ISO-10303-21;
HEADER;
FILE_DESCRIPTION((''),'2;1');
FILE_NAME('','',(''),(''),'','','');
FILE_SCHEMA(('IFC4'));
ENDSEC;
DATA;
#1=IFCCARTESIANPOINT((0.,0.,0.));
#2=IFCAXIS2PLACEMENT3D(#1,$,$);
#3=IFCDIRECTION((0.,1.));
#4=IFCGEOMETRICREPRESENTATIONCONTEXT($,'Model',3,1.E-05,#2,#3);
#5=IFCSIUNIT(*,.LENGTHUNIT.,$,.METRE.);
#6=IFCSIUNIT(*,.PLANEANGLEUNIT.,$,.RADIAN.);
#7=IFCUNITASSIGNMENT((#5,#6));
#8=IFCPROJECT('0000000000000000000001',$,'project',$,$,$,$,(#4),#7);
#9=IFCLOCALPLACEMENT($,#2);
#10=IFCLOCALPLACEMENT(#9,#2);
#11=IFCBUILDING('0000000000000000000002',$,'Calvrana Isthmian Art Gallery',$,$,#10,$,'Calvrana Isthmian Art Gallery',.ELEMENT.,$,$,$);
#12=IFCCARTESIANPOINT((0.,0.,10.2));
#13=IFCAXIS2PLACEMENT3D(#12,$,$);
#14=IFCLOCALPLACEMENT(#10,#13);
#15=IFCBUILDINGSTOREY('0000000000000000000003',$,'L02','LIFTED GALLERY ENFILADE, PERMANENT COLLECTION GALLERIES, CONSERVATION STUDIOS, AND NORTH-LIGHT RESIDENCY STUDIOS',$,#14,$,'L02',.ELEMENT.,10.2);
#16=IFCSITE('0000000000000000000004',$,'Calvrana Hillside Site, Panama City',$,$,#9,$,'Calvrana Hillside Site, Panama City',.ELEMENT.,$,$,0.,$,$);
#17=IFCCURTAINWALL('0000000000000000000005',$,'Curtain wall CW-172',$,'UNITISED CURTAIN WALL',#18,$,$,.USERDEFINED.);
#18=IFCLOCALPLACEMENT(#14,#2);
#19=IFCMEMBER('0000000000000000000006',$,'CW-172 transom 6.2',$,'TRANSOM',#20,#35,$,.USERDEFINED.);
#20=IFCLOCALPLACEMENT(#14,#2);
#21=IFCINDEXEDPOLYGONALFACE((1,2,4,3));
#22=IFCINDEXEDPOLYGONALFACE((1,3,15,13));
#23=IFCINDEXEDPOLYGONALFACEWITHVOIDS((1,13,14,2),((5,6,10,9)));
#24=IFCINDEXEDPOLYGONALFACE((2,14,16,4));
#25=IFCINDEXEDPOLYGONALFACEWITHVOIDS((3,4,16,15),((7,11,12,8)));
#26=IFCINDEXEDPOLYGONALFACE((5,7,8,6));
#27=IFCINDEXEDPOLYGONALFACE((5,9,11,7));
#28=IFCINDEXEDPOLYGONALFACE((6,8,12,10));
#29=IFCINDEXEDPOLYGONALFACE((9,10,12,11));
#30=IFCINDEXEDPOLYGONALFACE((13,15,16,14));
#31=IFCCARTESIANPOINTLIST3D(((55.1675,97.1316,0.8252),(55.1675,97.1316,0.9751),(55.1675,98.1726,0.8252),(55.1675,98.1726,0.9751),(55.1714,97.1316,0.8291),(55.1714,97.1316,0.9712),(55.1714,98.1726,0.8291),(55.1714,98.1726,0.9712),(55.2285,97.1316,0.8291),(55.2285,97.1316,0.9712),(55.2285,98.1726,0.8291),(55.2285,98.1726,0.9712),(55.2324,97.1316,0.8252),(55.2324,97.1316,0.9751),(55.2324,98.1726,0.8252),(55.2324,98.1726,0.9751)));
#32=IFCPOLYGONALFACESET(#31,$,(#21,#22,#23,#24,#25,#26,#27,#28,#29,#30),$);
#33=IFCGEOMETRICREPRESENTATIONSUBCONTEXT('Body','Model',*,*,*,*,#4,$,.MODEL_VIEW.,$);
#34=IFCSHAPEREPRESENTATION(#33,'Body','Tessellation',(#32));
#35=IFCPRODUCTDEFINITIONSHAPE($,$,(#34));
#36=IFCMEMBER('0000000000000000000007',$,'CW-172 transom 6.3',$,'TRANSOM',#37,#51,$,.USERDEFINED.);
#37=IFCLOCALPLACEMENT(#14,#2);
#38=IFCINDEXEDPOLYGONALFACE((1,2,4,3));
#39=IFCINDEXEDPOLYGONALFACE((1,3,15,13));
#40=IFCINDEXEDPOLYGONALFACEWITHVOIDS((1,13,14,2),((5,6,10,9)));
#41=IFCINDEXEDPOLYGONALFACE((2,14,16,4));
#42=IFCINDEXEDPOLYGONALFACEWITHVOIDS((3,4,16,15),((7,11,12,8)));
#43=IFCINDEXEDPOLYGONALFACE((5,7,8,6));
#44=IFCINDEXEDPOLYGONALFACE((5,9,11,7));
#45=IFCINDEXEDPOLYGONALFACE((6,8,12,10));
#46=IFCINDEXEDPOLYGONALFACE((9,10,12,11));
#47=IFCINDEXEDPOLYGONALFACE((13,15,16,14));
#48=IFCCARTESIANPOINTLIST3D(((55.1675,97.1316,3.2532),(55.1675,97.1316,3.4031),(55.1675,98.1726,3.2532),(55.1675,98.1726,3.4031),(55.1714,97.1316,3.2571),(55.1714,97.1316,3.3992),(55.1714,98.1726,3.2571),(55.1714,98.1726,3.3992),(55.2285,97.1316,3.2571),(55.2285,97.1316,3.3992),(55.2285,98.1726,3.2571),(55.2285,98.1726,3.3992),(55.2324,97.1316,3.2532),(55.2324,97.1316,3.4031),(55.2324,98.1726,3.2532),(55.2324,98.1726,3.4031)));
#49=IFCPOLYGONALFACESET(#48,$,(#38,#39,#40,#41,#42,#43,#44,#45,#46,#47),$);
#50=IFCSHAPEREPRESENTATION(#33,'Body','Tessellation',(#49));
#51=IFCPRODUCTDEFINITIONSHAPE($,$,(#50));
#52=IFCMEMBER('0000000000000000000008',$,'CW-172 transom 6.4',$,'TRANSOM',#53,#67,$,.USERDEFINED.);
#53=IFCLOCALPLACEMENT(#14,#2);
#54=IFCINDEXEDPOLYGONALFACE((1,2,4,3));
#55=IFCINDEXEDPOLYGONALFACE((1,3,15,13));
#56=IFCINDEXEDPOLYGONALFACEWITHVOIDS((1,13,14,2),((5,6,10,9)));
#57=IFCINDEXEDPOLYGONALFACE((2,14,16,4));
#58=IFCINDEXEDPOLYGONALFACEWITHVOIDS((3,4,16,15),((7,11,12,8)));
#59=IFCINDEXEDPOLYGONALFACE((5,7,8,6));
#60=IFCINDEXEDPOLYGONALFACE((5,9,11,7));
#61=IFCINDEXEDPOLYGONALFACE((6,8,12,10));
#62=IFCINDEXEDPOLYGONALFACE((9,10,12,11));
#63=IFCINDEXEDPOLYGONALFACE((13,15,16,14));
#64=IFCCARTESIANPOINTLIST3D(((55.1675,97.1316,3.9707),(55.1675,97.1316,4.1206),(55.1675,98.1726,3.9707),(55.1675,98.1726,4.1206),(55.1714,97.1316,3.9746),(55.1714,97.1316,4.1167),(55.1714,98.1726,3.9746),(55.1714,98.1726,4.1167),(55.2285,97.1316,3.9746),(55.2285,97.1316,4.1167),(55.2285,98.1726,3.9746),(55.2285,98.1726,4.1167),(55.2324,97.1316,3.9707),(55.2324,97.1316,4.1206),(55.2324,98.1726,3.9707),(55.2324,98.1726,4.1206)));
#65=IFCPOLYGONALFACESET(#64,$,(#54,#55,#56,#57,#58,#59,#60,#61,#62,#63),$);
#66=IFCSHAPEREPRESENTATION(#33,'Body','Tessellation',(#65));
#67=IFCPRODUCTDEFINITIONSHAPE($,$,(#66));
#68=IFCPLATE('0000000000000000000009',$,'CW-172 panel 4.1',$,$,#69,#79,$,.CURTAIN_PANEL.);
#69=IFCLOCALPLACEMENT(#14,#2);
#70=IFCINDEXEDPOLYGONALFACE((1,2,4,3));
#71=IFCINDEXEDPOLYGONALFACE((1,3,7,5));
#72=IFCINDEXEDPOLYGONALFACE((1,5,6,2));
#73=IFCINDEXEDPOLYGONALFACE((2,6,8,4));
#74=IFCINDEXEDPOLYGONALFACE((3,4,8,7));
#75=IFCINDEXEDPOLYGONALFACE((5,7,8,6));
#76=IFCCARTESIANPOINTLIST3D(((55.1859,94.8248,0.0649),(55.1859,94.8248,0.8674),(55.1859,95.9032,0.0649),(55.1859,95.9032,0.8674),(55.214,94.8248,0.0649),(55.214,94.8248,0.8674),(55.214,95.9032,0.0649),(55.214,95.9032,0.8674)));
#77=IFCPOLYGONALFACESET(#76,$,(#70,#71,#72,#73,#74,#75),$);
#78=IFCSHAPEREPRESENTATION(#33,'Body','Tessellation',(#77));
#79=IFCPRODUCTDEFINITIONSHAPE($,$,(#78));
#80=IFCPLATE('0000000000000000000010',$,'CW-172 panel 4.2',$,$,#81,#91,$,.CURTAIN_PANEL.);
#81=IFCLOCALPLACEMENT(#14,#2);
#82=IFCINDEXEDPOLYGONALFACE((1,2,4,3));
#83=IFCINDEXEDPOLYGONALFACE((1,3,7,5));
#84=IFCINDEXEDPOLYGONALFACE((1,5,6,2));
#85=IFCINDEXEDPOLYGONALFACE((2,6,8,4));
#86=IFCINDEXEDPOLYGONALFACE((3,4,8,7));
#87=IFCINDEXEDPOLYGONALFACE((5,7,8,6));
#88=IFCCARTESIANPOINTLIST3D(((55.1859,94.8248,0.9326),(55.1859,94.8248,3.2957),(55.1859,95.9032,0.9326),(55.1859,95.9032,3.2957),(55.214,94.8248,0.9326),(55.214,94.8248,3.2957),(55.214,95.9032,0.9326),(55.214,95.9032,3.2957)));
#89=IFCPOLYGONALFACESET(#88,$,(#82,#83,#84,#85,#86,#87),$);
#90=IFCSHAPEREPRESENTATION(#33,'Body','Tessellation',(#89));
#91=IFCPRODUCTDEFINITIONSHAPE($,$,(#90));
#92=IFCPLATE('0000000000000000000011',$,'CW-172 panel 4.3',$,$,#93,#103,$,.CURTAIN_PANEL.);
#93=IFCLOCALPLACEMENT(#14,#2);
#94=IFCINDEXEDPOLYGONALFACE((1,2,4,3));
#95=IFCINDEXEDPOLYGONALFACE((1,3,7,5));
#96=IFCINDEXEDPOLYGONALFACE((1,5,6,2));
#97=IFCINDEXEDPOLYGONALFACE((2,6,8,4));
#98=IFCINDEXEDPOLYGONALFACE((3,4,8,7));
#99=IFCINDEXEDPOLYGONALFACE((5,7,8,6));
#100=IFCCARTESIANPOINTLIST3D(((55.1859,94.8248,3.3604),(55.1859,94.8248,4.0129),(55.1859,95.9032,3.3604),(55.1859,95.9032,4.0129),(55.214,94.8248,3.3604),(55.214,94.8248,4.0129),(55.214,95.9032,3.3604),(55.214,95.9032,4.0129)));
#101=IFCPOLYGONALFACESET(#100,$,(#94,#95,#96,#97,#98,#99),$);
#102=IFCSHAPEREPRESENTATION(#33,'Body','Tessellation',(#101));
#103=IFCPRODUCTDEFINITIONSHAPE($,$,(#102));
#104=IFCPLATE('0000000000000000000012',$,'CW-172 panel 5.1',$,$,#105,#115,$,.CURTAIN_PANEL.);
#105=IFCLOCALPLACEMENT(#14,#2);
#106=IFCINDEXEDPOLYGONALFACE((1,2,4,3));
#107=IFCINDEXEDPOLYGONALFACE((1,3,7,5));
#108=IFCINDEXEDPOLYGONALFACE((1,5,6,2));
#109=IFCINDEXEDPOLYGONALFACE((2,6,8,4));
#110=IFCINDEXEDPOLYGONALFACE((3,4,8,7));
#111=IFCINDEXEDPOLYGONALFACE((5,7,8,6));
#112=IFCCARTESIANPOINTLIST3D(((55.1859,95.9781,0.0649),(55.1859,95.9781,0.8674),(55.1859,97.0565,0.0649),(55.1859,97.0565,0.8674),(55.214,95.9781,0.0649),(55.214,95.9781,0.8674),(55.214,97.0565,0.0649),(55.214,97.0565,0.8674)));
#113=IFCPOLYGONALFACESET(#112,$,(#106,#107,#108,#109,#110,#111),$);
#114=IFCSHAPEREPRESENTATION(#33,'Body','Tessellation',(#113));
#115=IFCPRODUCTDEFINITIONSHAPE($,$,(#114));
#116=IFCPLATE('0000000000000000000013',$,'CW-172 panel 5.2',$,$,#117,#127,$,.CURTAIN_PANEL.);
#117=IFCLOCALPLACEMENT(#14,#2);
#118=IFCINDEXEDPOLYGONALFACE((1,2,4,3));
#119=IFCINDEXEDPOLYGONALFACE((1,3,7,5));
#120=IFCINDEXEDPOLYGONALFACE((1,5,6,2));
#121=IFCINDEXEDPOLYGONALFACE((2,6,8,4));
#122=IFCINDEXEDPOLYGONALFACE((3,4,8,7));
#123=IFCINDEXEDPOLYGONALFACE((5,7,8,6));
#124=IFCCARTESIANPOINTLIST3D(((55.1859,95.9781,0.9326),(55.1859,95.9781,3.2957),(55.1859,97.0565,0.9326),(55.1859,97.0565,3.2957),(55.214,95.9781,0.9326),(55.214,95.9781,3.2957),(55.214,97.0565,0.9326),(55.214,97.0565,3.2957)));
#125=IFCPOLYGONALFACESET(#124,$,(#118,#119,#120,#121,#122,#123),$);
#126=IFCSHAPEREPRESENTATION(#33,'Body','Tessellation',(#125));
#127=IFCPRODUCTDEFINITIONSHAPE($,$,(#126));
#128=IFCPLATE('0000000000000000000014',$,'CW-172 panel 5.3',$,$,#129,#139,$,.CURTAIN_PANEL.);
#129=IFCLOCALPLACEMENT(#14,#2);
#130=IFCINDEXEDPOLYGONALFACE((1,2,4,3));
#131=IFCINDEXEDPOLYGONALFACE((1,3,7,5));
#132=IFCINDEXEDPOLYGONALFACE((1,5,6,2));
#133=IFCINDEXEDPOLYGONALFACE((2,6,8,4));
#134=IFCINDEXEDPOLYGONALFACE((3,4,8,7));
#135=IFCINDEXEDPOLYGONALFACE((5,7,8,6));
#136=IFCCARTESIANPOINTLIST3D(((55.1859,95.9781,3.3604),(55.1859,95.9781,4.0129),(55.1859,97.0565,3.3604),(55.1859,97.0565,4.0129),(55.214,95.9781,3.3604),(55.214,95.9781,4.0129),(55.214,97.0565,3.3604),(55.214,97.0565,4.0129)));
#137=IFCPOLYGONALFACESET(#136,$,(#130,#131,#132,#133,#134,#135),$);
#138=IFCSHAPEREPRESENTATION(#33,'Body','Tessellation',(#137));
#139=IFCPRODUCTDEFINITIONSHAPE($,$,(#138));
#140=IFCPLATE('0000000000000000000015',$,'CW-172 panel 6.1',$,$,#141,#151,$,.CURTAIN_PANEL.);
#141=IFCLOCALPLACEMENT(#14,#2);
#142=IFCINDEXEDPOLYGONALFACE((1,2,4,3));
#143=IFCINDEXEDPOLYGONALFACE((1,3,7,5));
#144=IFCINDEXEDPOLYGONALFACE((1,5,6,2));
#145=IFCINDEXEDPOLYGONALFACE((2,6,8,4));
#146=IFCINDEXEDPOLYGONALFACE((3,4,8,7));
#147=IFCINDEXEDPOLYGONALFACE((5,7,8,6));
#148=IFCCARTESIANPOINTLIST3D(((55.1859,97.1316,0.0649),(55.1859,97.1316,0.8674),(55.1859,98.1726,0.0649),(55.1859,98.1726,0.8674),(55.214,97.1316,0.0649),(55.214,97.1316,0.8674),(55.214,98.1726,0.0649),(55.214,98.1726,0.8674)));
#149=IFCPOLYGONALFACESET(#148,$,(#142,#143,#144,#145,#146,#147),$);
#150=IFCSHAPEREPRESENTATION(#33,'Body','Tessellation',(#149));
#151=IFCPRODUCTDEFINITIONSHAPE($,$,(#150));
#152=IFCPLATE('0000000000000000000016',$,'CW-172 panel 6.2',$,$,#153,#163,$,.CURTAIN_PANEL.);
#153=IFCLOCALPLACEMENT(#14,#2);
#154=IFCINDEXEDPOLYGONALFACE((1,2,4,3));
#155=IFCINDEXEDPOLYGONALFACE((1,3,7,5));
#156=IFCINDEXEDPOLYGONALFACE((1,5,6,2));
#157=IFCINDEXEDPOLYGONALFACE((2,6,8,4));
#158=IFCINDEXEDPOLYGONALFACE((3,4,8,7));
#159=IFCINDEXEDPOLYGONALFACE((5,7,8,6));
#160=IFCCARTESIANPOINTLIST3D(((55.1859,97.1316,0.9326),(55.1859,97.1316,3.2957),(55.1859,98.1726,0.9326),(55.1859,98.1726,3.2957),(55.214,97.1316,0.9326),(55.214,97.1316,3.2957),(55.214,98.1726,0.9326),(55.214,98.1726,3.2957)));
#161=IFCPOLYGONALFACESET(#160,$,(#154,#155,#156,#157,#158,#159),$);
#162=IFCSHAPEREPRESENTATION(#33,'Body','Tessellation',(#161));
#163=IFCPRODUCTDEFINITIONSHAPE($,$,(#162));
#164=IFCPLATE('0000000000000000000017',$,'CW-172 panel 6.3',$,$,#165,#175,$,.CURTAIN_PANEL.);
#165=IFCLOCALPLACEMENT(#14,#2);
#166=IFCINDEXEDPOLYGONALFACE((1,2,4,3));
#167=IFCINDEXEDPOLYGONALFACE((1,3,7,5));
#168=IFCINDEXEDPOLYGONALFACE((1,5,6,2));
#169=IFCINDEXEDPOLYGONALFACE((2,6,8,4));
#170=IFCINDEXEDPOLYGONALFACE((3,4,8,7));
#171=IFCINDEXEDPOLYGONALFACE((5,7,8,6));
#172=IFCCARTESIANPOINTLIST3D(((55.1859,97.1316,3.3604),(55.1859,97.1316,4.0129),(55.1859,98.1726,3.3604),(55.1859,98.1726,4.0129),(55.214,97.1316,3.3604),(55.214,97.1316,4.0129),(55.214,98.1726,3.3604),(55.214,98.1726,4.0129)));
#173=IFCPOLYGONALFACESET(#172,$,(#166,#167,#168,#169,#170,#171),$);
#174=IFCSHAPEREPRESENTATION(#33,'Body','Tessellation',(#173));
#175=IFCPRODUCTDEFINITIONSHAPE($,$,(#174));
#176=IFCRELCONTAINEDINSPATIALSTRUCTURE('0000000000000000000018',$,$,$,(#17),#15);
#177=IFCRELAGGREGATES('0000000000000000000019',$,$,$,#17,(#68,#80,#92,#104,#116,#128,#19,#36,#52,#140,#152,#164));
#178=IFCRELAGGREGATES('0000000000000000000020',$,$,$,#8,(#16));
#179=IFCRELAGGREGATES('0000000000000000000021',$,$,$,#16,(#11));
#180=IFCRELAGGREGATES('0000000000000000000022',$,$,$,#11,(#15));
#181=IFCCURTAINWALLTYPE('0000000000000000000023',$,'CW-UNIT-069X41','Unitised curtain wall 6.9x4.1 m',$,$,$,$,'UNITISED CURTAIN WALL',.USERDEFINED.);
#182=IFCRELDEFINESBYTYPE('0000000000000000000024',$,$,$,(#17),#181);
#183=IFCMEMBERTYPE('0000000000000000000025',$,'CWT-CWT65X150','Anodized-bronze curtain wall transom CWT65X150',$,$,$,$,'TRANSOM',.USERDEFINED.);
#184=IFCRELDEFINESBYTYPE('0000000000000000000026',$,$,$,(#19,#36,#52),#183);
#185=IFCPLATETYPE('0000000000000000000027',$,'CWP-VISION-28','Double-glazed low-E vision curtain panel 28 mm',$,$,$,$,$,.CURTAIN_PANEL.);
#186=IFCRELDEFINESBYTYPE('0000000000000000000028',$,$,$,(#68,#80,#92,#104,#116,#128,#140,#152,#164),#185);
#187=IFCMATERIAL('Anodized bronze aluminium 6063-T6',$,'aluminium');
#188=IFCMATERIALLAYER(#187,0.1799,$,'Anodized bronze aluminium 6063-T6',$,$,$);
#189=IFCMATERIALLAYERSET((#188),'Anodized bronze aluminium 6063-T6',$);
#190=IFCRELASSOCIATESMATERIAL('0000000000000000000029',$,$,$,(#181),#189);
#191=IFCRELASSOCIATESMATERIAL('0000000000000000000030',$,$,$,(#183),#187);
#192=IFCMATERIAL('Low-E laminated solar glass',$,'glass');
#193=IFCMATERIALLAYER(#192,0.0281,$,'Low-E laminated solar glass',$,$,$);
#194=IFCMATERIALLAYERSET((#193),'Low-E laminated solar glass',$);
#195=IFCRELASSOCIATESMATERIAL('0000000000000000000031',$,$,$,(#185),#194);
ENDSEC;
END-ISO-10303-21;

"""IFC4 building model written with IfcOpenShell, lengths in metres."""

from ifc_helpers import new_model, si_unit, direction, frame, origin, origin_2d, place, context, subcontext, project, spatial, rectangle, hollow_rectangle, extrude, material, layer, layer_set, material_profile, profile_set, type_object, element, aggregate, save


model = new_model("IFC4")

# Units and contexts
model_context = context("Model", 3, precision=1e-05, world=origin(), true_north=direction((0.0, 1.0)))
body_context = subcontext(model_context, "Body", "Model", "MODEL_VIEW")
ifc_project = project(units=[si_unit("LENGTHUNIT", "METRE"), si_unit("PLANEANGLEUNIT", "RADIAN")], contexts=[model_context])

# Site, building, storey
site_placement = place(None, origin())
site = spatial("IfcSite", under=ifc_project, at=site_placement, Name="Calvrana Hillside Site, Panama City", LongName="Calvrana Hillside Site, Panama City", CompositionType="ELEMENT", RefElevation=0.0)
building_placement = place(site_placement, origin())
building = spatial("IfcBuilding", under=site, at=building_placement, Name="Calvrana Isthmian Art Gallery", LongName="Calvrana Isthmian Art Gallery", CompositionType="ELEMENT")
storey_placement = place(building_placement, frame((0.0, 0.0, 10.2)))
storey = spatial("IfcBuildingStorey", under=building, at=storey_placement, Name="L02", Description="LIFTED GALLERY ENFILADE, PERMANENT COLLECTION GALLERIES, CONSERVATION STUDIOS, AND NORTH-LIGHT RESIDENCY STUDIOS", LongName="L02", CompositionType="ELEMENT", Elevation=10.2)

# Curtain wall, members, plates
ifc_material_1 = material(Name="Anodized bronze aluminium 6063-T6", Category="aluminium")
ifc_layer_1 = layer(ifc_material_1, 0.1799, Name="Anodized bronze aluminium 6063-T6")
ifc_layer_set_1 = layer_set([ifc_layer_1], Name="Anodized bronze aluminium 6063-T6")
curtain_wall_type = type_object("IfcCurtainWallType", Name="CW-UNIT-069X41", Description="Unitised curtain wall 6.9x4.1 m", ElementType="UNITISED CURTAIN WALL", PredefinedType="USERDEFINED", material=ifc_layer_set_1)
curtain_wall_placement = place(storey_placement, origin())
curtain_wall = element("IfcCurtainWall", 1, at=curtain_wall_placement, inside=storey, type_object=curtain_wall_type, Name="Curtain wall CW-172", ObjectType="UNITISED CURTAIN WALL", PredefinedType="USERDEFINED")
ifc_material_profile_1 = material_profile(ifc_material_1, hollow_rectangle(XDim=0.0649, YDim=0.1499, WallThickness=0.0039, at=origin_2d()), Name="CWT65X150")
ifc_profile_set_1 = profile_set([ifc_material_profile_1], Name="Anodized bronze aluminium 6063-T6")
member_type_1 = type_object("IfcMemberType", Name="CWT-CWT65X150", Description="Anodized-bronze curtain wall transom CWT65X150", ElementType="TRANSOM", PredefinedType="USERDEFINED", material=ifc_profile_set_1)
member_1_placement = place(storey_placement, frame((55.2, 97.1316, 0.9001), z_axis=(0.0, 1.0, 0.0), x_axis=(-1.0, 0.0, 0.0)))
member_1 = element("IfcMember", 2, at=member_1_placement, type_object=member_type_1, Name="CW-172 transom 6.2", ObjectType="TRANSOM", PredefinedType="USERDEFINED", context=body_context, shape_type="SweptSolid", body=[
    extrude(hollow_rectangle(XDim=0.0649, YDim=0.1499, WallThickness=0.0039, at=origin_2d()), origin(), (0.0, 0.0, 1.0), 1.041),
])
member_2_placement = place(storey_placement, frame((55.2, 97.1316, 3.3281), z_axis=(0.0, 1.0, 0.0), x_axis=(-1.0, 0.0, 0.0)))
member_2 = element("IfcMember", 3, at=member_2_placement, type_object=member_type_1, Name="CW-172 transom 6.3", ObjectType="TRANSOM", PredefinedType="USERDEFINED", context=body_context, shape_type="SweptSolid", body=[
    extrude(hollow_rectangle(XDim=0.0649, YDim=0.1499, WallThickness=0.0039, at=origin_2d()), origin(), (0.0, 0.0, 1.0), 1.041),
])
member_3_placement = place(storey_placement, frame((55.2, 97.1316, 4.0457), z_axis=(0.0, 1.0, 0.0), x_axis=(-1.0, 0.0, 0.0)))
member_3 = element("IfcMember", 4, at=member_3_placement, type_object=member_type_1, Name="CW-172 transom 6.4", ObjectType="TRANSOM", PredefinedType="USERDEFINED", context=body_context, shape_type="SweptSolid", body=[
    extrude(hollow_rectangle(XDim=0.0649, YDim=0.1499, WallThickness=0.0039, at=origin_2d()), origin(), (0.0, 0.0, 1.0), 1.041),
])
ifc_material_2 = material(Name="Low-E laminated solar glass", Category="glass")
ifc_layer_2 = layer(ifc_material_2, 0.0281, Name="Low-E laminated solar glass")
ifc_layer_set_2 = layer_set([ifc_layer_2], Name="Low-E laminated solar glass")
plate_type = type_object("IfcPlateType", Name="CWP-VISION-28", Description="Double-glazed low-E vision curtain panel 28 mm", PredefinedType="CURTAIN_PANEL", material=ifc_layer_set_2)
plate_1_placement = place(storey_placement, frame((55.2, 95.364, 0.0649), z_axis=(0.0, 0.0, 1.0), x_axis=(0.0, 1.0, 0.0)))
plate_1 = element("IfcPlate", 5, at=plate_1_placement, type_object=plate_type, Name="CW-172 panel 4.1", PredefinedType="CURTAIN_PANEL", context=body_context, shape_type="SweptSolid", body=[
    extrude(rectangle(XDim=1.0784, YDim=0.0281, at=origin_2d()), origin(), (0.0, 0.0, 1.0), 0.8025),
])
plate_2_placement = place(storey_placement, frame((55.2, 95.364, 0.9326), z_axis=(0.0, 0.0, 1.0), x_axis=(0.0, 1.0, 0.0)))
plate_2 = element("IfcPlate", 6, at=plate_2_placement, type_object=plate_type, Name="CW-172 panel 4.2", PredefinedType="CURTAIN_PANEL", context=body_context, shape_type="SweptSolid", body=[
    extrude(rectangle(XDim=1.0784, YDim=0.0281, at=origin_2d()), origin(), (0.0, 0.0, 1.0), 2.363),
])
plate_3_placement = place(storey_placement, frame((55.2, 95.364, 3.3604), z_axis=(0.0, 0.0, 1.0), x_axis=(0.0, 1.0, 0.0)))
plate_3 = element("IfcPlate", 7, at=plate_3_placement, type_object=plate_type, Name="CW-172 panel 4.3", PredefinedType="CURTAIN_PANEL", context=body_context, shape_type="SweptSolid", body=[
    extrude(rectangle(XDim=1.0784, YDim=0.0281, at=origin_2d()), origin(), (0.0, 0.0, 1.0), 0.6526),
])
plate_4_placement = place(storey_placement, frame((55.2, 96.5173, 0.0649), z_axis=(0.0, 0.0, 1.0), x_axis=(0.0, 1.0, 0.0)))
plate_4 = element("IfcPlate", 8, at=plate_4_placement, type_object=plate_type, Name="CW-172 panel 5.1", PredefinedType="CURTAIN_PANEL", context=body_context, shape_type="SweptSolid", body=[
    extrude(rectangle(XDim=1.0784, YDim=0.0281, at=origin_2d()), origin(), (0.0, 0.0, 1.0), 0.8025),
])
plate_5_placement = place(storey_placement, frame((55.2, 96.5173, 0.9326), z_axis=(0.0, 0.0, 1.0), x_axis=(0.0, 1.0, 0.0)))
plate_5 = element("IfcPlate", 9, at=plate_5_placement, type_object=plate_type, Name="CW-172 panel 5.2", PredefinedType="CURTAIN_PANEL", context=body_context, shape_type="SweptSolid", body=[
    extrude(rectangle(XDim=1.0784, YDim=0.0281, at=origin_2d()), origin(), (0.0, 0.0, 1.0), 2.363),
])
plate_6_placement = place(storey_placement, frame((55.2, 96.5173, 3.3604), z_axis=(0.0, 0.0, 1.0), x_axis=(0.0, 1.0, 0.0)))
plate_6 = element("IfcPlate", 10, at=plate_6_placement, type_object=plate_type, Name="CW-172 panel 5.3", PredefinedType="CURTAIN_PANEL", context=body_context, shape_type="SweptSolid", body=[
    extrude(rectangle(XDim=1.0784, YDim=0.0281, at=origin_2d()), origin(), (0.0, 0.0, 1.0), 0.6526),
])
plate_7_placement = place(storey_placement, frame((55.2, 97.6521, 0.0649), z_axis=(0.0, 0.0, 1.0), x_axis=(0.0, 1.0, 0.0)))
plate_7 = element("IfcPlate", 11, at=plate_7_placement, type_object=plate_type, Name="CW-172 panel 6.1", PredefinedType="CURTAIN_PANEL", context=body_context, shape_type="SweptSolid", body=[
    extrude(rectangle(XDim=1.041, YDim=0.0281, at=origin_2d()), origin(), (0.0, 0.0, 1.0), 0.8025),
])
plate_8_placement = place(storey_placement, frame((55.2, 97.6521, 0.9326), z_axis=(0.0, 0.0, 1.0), x_axis=(0.0, 1.0, 0.0)))
plate_8 = element("IfcPlate", 12, at=plate_8_placement, type_object=plate_type, Name="CW-172 panel 6.2", PredefinedType="CURTAIN_PANEL", context=body_context, shape_type="SweptSolid", body=[
    extrude(rectangle(XDim=1.041, YDim=0.0281, at=origin_2d()), origin(), (0.0, 0.0, 1.0), 2.363),
])
plate_9_placement = place(storey_placement, frame((55.2, 97.6521, 3.3604), z_axis=(0.0, 0.0, 1.0), x_axis=(0.0, 1.0, 0.0)))
plate_9 = element("IfcPlate", 13, at=plate_9_placement, type_object=plate_type, Name="CW-172 panel 6.3", PredefinedType="CURTAIN_PANEL", context=body_context, shape_type="SweptSolid", body=[
    extrude(rectangle(XDim=1.041, YDim=0.0281, at=origin_2d()), origin(), (0.0, 0.0, 1.0), 0.6526),
])
aggregate(curtain_wall, [plate_1, plate_2, plate_3, plate_4, plate_5, plate_6, member_1, member_2, member_3, plate_7, plate_8, plate_9])

save(model, "model.ifc")
